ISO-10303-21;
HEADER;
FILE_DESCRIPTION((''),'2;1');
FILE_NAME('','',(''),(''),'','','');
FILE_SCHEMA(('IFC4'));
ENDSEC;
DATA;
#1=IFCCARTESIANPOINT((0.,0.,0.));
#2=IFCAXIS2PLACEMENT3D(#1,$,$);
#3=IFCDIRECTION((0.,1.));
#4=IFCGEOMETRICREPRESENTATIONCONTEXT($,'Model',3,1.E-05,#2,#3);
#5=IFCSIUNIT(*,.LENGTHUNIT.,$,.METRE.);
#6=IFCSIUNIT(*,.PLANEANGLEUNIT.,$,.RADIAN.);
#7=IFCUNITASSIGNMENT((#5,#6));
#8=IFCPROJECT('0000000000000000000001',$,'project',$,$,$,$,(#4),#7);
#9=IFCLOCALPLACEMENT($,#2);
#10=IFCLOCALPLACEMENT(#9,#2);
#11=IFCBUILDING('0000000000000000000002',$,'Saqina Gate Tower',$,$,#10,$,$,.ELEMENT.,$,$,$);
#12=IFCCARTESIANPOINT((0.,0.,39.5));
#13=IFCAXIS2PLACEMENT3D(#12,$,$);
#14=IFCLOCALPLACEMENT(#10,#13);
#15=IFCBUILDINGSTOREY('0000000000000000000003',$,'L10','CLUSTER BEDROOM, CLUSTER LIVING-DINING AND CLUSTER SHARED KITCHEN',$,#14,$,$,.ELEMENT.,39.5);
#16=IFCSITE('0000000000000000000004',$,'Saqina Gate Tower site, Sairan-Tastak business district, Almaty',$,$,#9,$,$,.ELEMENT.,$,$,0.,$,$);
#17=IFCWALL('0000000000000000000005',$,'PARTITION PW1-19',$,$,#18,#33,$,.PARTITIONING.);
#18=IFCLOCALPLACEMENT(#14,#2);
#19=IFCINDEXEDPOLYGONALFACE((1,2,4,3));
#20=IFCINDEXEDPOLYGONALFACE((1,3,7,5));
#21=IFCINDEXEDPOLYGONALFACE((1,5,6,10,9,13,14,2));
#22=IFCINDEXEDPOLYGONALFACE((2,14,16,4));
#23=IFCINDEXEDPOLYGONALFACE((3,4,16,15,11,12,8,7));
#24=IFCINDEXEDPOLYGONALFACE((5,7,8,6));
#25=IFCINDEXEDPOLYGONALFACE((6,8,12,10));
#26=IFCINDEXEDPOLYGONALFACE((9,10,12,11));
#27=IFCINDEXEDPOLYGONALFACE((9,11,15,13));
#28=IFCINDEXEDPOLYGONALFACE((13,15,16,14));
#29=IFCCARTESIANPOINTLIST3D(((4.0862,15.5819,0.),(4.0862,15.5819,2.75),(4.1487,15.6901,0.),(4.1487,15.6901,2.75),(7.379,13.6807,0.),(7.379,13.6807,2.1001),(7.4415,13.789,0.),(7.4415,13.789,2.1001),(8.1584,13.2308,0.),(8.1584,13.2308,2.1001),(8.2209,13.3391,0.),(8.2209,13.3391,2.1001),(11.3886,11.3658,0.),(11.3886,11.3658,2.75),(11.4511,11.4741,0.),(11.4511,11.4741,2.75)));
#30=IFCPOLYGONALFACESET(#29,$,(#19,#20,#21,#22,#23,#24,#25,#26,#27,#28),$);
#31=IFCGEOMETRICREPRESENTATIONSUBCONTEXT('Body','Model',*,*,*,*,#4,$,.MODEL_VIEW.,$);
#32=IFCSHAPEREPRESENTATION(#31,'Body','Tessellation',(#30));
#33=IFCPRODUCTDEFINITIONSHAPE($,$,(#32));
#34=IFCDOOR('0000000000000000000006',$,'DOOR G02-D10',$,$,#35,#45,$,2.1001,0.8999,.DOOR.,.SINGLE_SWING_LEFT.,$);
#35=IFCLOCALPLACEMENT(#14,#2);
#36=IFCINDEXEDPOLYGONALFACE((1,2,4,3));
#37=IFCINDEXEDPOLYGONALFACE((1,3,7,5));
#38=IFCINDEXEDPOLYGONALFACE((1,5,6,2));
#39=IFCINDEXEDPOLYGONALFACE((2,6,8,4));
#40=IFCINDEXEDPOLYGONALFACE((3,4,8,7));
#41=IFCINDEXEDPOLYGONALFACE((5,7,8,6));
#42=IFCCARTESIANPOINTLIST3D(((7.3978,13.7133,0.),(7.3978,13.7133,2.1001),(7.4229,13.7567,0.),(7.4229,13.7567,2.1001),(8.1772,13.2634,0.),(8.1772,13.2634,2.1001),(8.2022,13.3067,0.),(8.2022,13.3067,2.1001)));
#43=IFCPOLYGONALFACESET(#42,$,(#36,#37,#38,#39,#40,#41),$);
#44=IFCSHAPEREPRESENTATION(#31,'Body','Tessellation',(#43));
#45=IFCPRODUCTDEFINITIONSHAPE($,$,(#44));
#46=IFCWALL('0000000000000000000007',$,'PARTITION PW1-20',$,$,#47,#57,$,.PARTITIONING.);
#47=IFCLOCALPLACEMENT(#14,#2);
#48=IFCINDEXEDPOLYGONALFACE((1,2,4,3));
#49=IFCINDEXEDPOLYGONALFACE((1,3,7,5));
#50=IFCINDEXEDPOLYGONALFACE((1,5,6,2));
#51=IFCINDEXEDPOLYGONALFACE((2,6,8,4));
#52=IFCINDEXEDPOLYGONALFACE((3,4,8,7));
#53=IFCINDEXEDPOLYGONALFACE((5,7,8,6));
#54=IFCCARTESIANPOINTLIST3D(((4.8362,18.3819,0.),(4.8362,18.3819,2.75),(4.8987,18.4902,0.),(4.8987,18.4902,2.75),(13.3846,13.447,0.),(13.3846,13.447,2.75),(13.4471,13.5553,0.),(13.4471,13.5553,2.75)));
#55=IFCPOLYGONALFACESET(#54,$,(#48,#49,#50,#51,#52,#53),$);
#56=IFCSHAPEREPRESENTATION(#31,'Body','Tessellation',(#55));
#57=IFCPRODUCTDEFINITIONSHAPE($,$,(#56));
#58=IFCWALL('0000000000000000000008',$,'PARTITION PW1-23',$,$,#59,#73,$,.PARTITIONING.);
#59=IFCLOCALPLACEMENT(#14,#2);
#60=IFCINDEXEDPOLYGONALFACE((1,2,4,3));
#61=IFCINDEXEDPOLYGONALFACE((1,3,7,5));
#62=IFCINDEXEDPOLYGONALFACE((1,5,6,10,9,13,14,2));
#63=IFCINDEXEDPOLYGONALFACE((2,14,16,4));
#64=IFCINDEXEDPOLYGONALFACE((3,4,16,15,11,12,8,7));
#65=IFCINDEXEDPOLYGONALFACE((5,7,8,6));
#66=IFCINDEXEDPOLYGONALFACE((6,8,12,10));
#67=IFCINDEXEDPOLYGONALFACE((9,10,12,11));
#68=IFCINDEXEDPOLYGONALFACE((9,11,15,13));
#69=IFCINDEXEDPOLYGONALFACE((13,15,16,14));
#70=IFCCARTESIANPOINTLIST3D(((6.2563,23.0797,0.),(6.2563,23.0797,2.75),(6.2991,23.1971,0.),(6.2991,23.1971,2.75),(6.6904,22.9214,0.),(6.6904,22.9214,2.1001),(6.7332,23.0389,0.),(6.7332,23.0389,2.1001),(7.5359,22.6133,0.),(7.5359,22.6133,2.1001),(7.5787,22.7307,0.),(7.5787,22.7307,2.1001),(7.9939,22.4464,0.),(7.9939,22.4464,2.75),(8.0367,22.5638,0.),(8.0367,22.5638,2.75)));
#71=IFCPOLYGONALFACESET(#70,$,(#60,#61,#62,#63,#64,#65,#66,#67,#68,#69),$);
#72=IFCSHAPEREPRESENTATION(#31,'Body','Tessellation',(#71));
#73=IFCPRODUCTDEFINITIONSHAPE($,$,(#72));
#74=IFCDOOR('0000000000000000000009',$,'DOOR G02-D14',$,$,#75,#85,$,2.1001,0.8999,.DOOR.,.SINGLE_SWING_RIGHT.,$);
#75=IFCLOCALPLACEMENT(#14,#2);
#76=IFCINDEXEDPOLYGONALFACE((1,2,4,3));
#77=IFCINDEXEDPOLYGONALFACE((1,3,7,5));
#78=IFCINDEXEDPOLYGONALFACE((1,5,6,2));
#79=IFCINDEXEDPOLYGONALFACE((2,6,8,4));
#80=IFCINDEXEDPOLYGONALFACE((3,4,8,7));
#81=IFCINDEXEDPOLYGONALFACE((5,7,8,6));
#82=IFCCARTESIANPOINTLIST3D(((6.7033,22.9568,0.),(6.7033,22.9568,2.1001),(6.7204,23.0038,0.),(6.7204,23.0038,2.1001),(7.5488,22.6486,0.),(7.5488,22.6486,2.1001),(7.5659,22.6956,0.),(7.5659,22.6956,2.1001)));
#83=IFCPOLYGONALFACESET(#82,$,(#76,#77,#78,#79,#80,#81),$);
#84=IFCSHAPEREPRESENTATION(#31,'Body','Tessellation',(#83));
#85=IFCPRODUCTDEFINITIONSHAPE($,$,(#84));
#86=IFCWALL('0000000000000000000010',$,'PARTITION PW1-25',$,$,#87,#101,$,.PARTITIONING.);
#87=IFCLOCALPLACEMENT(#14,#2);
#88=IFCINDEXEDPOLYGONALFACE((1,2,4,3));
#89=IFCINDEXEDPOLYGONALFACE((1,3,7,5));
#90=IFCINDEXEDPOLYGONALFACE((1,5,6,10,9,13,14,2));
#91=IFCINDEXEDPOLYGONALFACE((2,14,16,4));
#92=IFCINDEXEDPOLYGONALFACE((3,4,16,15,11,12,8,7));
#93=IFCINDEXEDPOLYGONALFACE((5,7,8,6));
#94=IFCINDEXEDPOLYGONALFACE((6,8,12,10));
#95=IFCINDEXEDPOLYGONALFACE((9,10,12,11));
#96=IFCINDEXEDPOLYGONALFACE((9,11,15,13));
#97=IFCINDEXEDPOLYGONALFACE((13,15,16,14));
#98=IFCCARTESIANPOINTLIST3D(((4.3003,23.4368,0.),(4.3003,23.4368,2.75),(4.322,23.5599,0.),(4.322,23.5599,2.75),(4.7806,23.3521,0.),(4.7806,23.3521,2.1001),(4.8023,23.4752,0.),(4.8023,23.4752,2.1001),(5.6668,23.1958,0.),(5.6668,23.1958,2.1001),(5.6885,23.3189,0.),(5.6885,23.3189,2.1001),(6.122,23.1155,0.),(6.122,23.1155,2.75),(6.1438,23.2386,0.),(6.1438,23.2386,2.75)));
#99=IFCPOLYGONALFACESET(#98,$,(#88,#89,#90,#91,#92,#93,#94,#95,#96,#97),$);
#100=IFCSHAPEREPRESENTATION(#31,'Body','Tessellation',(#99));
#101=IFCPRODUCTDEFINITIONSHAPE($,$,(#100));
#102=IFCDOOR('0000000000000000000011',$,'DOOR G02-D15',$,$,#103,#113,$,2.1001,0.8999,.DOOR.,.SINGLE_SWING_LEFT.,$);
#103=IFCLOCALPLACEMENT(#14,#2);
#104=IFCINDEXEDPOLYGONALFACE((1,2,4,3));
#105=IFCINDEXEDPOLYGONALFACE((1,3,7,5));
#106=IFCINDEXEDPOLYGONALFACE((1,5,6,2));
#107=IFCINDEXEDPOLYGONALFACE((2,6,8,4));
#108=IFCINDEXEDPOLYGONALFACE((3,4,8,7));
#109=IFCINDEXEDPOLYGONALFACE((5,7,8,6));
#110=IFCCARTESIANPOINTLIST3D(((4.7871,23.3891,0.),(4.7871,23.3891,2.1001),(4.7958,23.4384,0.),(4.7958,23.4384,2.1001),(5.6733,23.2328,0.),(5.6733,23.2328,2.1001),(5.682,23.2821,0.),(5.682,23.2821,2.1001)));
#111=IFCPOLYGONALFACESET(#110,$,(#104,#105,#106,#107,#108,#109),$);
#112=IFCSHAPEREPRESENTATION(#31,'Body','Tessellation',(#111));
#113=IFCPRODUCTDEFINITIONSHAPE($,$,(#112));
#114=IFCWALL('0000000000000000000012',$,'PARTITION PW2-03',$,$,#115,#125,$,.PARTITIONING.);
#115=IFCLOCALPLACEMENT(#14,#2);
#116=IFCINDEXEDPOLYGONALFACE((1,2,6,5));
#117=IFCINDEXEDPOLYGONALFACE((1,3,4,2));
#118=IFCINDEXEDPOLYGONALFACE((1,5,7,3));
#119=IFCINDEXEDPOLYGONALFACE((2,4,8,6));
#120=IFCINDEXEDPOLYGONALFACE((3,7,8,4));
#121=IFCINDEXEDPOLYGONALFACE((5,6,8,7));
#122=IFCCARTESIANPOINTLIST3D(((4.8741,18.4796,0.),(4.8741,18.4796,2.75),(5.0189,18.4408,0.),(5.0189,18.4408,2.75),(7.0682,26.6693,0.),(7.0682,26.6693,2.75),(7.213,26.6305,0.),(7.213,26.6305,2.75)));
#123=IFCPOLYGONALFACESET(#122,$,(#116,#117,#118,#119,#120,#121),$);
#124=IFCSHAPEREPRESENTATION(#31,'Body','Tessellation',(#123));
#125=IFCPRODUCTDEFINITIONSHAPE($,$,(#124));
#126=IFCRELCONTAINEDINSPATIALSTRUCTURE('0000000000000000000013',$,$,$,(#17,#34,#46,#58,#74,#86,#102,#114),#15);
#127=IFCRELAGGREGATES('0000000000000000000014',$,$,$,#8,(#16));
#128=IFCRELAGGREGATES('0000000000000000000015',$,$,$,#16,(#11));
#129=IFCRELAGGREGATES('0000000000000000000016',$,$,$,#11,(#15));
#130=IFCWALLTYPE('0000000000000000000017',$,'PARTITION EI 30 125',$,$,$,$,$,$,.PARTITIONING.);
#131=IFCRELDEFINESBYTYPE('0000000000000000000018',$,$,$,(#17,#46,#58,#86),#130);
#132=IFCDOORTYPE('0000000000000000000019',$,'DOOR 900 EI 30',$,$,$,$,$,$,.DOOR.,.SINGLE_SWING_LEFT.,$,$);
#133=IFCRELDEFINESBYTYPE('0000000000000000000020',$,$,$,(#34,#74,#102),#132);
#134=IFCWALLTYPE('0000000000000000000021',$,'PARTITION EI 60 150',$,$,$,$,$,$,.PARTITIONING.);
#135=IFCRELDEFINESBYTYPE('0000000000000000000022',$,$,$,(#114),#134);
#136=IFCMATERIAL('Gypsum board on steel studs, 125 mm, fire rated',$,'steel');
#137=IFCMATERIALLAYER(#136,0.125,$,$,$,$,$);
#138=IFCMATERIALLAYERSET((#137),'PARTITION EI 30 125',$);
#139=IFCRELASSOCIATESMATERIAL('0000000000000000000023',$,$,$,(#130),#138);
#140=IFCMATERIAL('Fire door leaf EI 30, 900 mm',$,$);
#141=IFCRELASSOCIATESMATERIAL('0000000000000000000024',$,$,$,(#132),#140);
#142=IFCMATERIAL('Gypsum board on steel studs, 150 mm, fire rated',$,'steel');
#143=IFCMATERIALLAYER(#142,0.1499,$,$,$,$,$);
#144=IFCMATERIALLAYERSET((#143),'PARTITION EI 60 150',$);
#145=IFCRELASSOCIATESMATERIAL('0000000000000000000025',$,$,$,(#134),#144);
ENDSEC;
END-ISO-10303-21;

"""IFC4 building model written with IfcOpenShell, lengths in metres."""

from ifc_helpers import new_model, si_unit, direction, frame, frame_2d, origin, place, context, subcontext, project, spatial, rectangle, extrude, material, layer, layer_set, type_object, element, fill, save


model = new_model("IFC4")

# Units and contexts
model_context = context("Model", 3, precision=1e-05, world=origin(), true_north=direction((0.0, 1.0)))
body_context = subcontext(model_context, "Body", "Model", "MODEL_VIEW")
ifc_project = project(units=[si_unit("LENGTHUNIT", "METRE"), si_unit("PLANEANGLEUNIT", "RADIAN")], contexts=[model_context])

# Site, building, storey
site_placement = place(None, origin())
site = spatial("IfcSite", under=ifc_project, at=site_placement, Name="Saqina Gate Tower site, Sairan-Tastak business district, Almaty", CompositionType="ELEMENT", RefElevation=0.0)
building_placement = place(site_placement, origin())
building = spatial("IfcBuilding", under=site, at=building_placement, Name="Saqina Gate Tower", CompositionType="ELEMENT")
storey_placement = place(building_placement, frame((0.0, 0.0, 39.5)))
storey = spatial("IfcBuildingStorey", under=building, at=storey_placement, Name="L10", Description="CLUSTER BEDROOM, CLUSTER LIVING-DINING AND CLUSTER SHARED KITCHEN", CompositionType="ELEMENT", Elevation=39.5)

# Wall, opening, door
ifc_material_1 = material(Name="Gypsum board on steel studs, 125 mm, fire rated", Category="steel")
ifc_layer_1 = layer(ifc_material_1, 0.125)
ifc_layer_set_1 = layer_set([ifc_layer_1], Name="PARTITION EI 30 125")
wall_type_1 = type_object("IfcWallType", Name="PARTITION EI 30 125", PredefinedType="PARTITIONING", material=ifc_layer_set_1)
wall_1_placement = place(storey_placement, frame((4.1174, 15.636, 0.0), z_axis=(0.0, 0.0, 1.0), x_axis=(0.866027, -0.499997, 0.0)))
wall_1 = element("IfcWall", 1, at=wall_1_placement, inside=storey, type_object=wall_type_1, Name="PARTITION PW1-19", PredefinedType="PARTITIONING", context=body_context, shape_type="SweptSolid", body=[
    extrude(rectangle(XDim=8.4321, YDim=0.125, at=frame_2d((4.2161, 0.0))), origin(), (0.0, 0.0, 1.0), 2.75),
])
opening_1_placement = place(wall_1_placement, frame((3.8022, 0.0, 0.0)))
opening_1 = element("IfcOpeningElement", 2, at=opening_1_placement, cuts=wall_1, PredefinedType="OPENING", context=body_context, shape_type="SweptSolid", body=[
    extrude(rectangle(XDim=0.8999, YDim=2.1001, at=frame_2d((0.45, 1.05))), frame((0.0, 0.0745, 0.0), z_axis=(0.0, -1.0, 0.0), x_axis=(1.0, 0.0, 0.0)), (0.0, 0.0, 1.0), 0.1489),
])
ifc_material_2 = material(Name="Fire door leaf EI 30, 900 mm")
door_type_1 = type_object("IfcDoorType", Name="DOOR 900 EI 30", OperationType="SINGLE_SWING_LEFT", PredefinedType="DOOR", material=ifc_material_2)
door_1_placement = place(opening_1_placement, frame((0.8999, 0.0, 0.0), z_axis=(0.0, 0.0, 1.0), x_axis=(-1.0, 0.0, 0.0)))
door_1 = element("IfcDoor", 3, at=door_1_placement, inside=storey, type_object=door_type_1, Name="DOOR G02-D10", OperationType="SINGLE_SWING_LEFT", OverallHeight=2.1001, OverallWidth=0.8999, PredefinedType="DOOR", context=body_context, shape_type="SweptSolid", body=[
    extrude(rectangle(XDim=0.8999, YDim=2.1001, at=frame_2d((0.45, 1.05))), frame((0.0, 0.0249, 0.0), z_axis=(0.0, -1.0, 0.0), x_axis=(1.0, 0.0, 0.0)), (0.0, 0.0, 1.0), 0.05),
])
fill(opening_1, door_1)

# Wall
wall_2_placement = place(storey_placement, frame((4.8674, 18.436, 0.0), z_axis=(0.0, 0.0, 1.0), x_axis=(0.86605, -0.499957, 0.0)))
element("IfcWall", 4, at=wall_2_placement, inside=storey, type_object=wall_type_1, Name="PARTITION PW1-20", PredefinedType="PARTITIONING", context=body_context, shape_type="SweptSolid", body=[
    extrude(rectangle(XDim=9.8706, YDim=0.125, at=frame_2d((4.9353, 0.0))), origin(), (0.0, 0.0, 1.0), 2.75),
])

# Walls, openings, doors
wall_3_placement = place(storey_placement, frame((6.2776, 23.1384, 0.0), z_axis=(0.0, 0.0, 1.0), x_axis=(0.939539, -0.342443, 0.0)))
wall_3 = element("IfcWall", 5, at=wall_3_placement, inside=storey, type_object=wall_type_1, Name="PARTITION PW1-23", PredefinedType="PARTITIONING", context=body_context, shape_type="SweptSolid", body=[
    extrude(rectangle(XDim=1.8494, YDim=0.125, at=frame_2d((0.9248, 0.0))), origin(), (0.0, 0.0, 1.0), 2.75),
])
opening_2_placement = place(wall_3_placement, frame((0.4622, 0.0, 0.0)))
opening_2 = element("IfcOpeningElement", 6, at=opening_2_placement, cuts=wall_3, PredefinedType="OPENING", context=body_context, shape_type="SweptSolid", body=[
    extrude(rectangle(XDim=0.8999, YDim=2.1001, at=frame_2d((0.45, 1.05))), frame((0.0, 0.0745, 0.0), z_axis=(0.0, -1.0, 0.0), x_axis=(1.0, 0.0, 0.0)), (0.0, 0.0, 1.0), 0.1489),
])
door_2_placement = place(opening_2_placement, frame((0.8999, 0.0, 0.0), z_axis=(0.0, 0.0, 1.0), x_axis=(-1.0, 0.0, 0.0)))
door_2 = element("IfcDoor", 7, at=door_2_placement, inside=storey, type_object=door_type_1, Name="DOOR G02-D14", OperationType="SINGLE_SWING_RIGHT", OverallHeight=2.1001, OverallWidth=0.8999, PredefinedType="DOOR", context=body_context, shape_type="SweptSolid", body=[
    extrude(rectangle(XDim=0.8999, YDim=2.1001, at=frame_2d((0.45, 1.05))), frame((0.0, 0.0249, 0.0), z_axis=(0.0, -1.0, 0.0), x_axis=(1.0, 0.0, 0.0)), (0.0, 0.0, 1.0), 0.05),
])
fill(opening_2, door_2)
wall_4_placement = place(storey_placement, frame((4.3113, 23.4983, 0.0), z_axis=(0.0, 0.0, 1.0), x_axis=(0.984802, -0.17368, 0.0)))
wall_4 = element("IfcWall", 8, at=wall_4_placement, inside=storey, type_object=wall_type_1, Name="PARTITION PW1-25", PredefinedType="PARTITIONING", context=body_context, shape_type="SweptSolid", body=[
    extrude(rectangle(XDim=1.8499, YDim=0.125, at=frame_2d((0.9248, 0.0))), origin(), (0.0, 0.0, 1.0), 2.75),
])
opening_3_placement = place(wall_4_placement, frame((0.4875, 0.0, 0.0)))
opening_3 = element("IfcOpeningElement", 9, at=opening_3_placement, cuts=wall_4, PredefinedType="OPENING", context=body_context, shape_type="SweptSolid", body=[
    extrude(rectangle(XDim=0.8999, YDim=2.1001, at=frame_2d((0.45, 1.05))), frame((0.0, 0.0745, 0.0), z_axis=(0.0, -1.0, 0.0), x_axis=(1.0, 0.0, 0.0)), (0.0, 0.0, 1.0), 0.1489),
])
door_3_placement = place(opening_3_placement, frame((0.8999, 0.0, 0.0), z_axis=(0.0, 0.0, 1.0), x_axis=(-1.0, 0.0, 0.0)))
door_3 = element("IfcDoor", 10, at=door_3_placement, inside=storey, type_object=door_type_1, Name="DOOR G02-D15", OperationType="SINGLE_SWING_LEFT", OverallHeight=2.1001, OverallWidth=0.8999, PredefinedType="DOOR", context=body_context, shape_type="SweptSolid", body=[
    extrude(rectangle(XDim=0.8999, YDim=2.1001, at=frame_2d((0.45, 1.05))), frame((0.0, 0.0249, 0.0), z_axis=(0.0, -1.0, 0.0), x_axis=(1.0, 0.0, 0.0)), (0.0, 0.0, 1.0), 0.05),
])
fill(opening_3, door_3)

# Wall
ifc_material_3 = material(Name="Gypsum board on steel studs, 150 mm, fire rated", Category="steel")
ifc_layer_2 = layer(ifc_material_3, 0.1499)
ifc_layer_set_2 = layer_set([ifc_layer_2], Name="PARTITION EI 60 150")
wall_type_2 = type_object("IfcWallType", Name="PARTITION EI 60 150", PredefinedType="PARTITIONING", material=ifc_layer_set_2)
wall_5_placement = place(storey_placement, frame((4.9465, 18.4602, 0.0), z_axis=(0.0, 0.0, 1.0), x_axis=(0.258783, 0.965936, 0.0)))
element("IfcWall", 11, at=wall_5_placement, inside=storey, type_object=wall_type_2, Name="PARTITION PW2-03", PredefinedType="PARTITIONING", context=body_context, shape_type="SweptSolid", body=[
    extrude(rectangle(XDim=8.4785, YDim=0.1499, at=frame_2d((4.2393, 0.0))), origin(), (0.0, 0.0, 1.0), 2.75),
])

save(model, "model.ifc")
